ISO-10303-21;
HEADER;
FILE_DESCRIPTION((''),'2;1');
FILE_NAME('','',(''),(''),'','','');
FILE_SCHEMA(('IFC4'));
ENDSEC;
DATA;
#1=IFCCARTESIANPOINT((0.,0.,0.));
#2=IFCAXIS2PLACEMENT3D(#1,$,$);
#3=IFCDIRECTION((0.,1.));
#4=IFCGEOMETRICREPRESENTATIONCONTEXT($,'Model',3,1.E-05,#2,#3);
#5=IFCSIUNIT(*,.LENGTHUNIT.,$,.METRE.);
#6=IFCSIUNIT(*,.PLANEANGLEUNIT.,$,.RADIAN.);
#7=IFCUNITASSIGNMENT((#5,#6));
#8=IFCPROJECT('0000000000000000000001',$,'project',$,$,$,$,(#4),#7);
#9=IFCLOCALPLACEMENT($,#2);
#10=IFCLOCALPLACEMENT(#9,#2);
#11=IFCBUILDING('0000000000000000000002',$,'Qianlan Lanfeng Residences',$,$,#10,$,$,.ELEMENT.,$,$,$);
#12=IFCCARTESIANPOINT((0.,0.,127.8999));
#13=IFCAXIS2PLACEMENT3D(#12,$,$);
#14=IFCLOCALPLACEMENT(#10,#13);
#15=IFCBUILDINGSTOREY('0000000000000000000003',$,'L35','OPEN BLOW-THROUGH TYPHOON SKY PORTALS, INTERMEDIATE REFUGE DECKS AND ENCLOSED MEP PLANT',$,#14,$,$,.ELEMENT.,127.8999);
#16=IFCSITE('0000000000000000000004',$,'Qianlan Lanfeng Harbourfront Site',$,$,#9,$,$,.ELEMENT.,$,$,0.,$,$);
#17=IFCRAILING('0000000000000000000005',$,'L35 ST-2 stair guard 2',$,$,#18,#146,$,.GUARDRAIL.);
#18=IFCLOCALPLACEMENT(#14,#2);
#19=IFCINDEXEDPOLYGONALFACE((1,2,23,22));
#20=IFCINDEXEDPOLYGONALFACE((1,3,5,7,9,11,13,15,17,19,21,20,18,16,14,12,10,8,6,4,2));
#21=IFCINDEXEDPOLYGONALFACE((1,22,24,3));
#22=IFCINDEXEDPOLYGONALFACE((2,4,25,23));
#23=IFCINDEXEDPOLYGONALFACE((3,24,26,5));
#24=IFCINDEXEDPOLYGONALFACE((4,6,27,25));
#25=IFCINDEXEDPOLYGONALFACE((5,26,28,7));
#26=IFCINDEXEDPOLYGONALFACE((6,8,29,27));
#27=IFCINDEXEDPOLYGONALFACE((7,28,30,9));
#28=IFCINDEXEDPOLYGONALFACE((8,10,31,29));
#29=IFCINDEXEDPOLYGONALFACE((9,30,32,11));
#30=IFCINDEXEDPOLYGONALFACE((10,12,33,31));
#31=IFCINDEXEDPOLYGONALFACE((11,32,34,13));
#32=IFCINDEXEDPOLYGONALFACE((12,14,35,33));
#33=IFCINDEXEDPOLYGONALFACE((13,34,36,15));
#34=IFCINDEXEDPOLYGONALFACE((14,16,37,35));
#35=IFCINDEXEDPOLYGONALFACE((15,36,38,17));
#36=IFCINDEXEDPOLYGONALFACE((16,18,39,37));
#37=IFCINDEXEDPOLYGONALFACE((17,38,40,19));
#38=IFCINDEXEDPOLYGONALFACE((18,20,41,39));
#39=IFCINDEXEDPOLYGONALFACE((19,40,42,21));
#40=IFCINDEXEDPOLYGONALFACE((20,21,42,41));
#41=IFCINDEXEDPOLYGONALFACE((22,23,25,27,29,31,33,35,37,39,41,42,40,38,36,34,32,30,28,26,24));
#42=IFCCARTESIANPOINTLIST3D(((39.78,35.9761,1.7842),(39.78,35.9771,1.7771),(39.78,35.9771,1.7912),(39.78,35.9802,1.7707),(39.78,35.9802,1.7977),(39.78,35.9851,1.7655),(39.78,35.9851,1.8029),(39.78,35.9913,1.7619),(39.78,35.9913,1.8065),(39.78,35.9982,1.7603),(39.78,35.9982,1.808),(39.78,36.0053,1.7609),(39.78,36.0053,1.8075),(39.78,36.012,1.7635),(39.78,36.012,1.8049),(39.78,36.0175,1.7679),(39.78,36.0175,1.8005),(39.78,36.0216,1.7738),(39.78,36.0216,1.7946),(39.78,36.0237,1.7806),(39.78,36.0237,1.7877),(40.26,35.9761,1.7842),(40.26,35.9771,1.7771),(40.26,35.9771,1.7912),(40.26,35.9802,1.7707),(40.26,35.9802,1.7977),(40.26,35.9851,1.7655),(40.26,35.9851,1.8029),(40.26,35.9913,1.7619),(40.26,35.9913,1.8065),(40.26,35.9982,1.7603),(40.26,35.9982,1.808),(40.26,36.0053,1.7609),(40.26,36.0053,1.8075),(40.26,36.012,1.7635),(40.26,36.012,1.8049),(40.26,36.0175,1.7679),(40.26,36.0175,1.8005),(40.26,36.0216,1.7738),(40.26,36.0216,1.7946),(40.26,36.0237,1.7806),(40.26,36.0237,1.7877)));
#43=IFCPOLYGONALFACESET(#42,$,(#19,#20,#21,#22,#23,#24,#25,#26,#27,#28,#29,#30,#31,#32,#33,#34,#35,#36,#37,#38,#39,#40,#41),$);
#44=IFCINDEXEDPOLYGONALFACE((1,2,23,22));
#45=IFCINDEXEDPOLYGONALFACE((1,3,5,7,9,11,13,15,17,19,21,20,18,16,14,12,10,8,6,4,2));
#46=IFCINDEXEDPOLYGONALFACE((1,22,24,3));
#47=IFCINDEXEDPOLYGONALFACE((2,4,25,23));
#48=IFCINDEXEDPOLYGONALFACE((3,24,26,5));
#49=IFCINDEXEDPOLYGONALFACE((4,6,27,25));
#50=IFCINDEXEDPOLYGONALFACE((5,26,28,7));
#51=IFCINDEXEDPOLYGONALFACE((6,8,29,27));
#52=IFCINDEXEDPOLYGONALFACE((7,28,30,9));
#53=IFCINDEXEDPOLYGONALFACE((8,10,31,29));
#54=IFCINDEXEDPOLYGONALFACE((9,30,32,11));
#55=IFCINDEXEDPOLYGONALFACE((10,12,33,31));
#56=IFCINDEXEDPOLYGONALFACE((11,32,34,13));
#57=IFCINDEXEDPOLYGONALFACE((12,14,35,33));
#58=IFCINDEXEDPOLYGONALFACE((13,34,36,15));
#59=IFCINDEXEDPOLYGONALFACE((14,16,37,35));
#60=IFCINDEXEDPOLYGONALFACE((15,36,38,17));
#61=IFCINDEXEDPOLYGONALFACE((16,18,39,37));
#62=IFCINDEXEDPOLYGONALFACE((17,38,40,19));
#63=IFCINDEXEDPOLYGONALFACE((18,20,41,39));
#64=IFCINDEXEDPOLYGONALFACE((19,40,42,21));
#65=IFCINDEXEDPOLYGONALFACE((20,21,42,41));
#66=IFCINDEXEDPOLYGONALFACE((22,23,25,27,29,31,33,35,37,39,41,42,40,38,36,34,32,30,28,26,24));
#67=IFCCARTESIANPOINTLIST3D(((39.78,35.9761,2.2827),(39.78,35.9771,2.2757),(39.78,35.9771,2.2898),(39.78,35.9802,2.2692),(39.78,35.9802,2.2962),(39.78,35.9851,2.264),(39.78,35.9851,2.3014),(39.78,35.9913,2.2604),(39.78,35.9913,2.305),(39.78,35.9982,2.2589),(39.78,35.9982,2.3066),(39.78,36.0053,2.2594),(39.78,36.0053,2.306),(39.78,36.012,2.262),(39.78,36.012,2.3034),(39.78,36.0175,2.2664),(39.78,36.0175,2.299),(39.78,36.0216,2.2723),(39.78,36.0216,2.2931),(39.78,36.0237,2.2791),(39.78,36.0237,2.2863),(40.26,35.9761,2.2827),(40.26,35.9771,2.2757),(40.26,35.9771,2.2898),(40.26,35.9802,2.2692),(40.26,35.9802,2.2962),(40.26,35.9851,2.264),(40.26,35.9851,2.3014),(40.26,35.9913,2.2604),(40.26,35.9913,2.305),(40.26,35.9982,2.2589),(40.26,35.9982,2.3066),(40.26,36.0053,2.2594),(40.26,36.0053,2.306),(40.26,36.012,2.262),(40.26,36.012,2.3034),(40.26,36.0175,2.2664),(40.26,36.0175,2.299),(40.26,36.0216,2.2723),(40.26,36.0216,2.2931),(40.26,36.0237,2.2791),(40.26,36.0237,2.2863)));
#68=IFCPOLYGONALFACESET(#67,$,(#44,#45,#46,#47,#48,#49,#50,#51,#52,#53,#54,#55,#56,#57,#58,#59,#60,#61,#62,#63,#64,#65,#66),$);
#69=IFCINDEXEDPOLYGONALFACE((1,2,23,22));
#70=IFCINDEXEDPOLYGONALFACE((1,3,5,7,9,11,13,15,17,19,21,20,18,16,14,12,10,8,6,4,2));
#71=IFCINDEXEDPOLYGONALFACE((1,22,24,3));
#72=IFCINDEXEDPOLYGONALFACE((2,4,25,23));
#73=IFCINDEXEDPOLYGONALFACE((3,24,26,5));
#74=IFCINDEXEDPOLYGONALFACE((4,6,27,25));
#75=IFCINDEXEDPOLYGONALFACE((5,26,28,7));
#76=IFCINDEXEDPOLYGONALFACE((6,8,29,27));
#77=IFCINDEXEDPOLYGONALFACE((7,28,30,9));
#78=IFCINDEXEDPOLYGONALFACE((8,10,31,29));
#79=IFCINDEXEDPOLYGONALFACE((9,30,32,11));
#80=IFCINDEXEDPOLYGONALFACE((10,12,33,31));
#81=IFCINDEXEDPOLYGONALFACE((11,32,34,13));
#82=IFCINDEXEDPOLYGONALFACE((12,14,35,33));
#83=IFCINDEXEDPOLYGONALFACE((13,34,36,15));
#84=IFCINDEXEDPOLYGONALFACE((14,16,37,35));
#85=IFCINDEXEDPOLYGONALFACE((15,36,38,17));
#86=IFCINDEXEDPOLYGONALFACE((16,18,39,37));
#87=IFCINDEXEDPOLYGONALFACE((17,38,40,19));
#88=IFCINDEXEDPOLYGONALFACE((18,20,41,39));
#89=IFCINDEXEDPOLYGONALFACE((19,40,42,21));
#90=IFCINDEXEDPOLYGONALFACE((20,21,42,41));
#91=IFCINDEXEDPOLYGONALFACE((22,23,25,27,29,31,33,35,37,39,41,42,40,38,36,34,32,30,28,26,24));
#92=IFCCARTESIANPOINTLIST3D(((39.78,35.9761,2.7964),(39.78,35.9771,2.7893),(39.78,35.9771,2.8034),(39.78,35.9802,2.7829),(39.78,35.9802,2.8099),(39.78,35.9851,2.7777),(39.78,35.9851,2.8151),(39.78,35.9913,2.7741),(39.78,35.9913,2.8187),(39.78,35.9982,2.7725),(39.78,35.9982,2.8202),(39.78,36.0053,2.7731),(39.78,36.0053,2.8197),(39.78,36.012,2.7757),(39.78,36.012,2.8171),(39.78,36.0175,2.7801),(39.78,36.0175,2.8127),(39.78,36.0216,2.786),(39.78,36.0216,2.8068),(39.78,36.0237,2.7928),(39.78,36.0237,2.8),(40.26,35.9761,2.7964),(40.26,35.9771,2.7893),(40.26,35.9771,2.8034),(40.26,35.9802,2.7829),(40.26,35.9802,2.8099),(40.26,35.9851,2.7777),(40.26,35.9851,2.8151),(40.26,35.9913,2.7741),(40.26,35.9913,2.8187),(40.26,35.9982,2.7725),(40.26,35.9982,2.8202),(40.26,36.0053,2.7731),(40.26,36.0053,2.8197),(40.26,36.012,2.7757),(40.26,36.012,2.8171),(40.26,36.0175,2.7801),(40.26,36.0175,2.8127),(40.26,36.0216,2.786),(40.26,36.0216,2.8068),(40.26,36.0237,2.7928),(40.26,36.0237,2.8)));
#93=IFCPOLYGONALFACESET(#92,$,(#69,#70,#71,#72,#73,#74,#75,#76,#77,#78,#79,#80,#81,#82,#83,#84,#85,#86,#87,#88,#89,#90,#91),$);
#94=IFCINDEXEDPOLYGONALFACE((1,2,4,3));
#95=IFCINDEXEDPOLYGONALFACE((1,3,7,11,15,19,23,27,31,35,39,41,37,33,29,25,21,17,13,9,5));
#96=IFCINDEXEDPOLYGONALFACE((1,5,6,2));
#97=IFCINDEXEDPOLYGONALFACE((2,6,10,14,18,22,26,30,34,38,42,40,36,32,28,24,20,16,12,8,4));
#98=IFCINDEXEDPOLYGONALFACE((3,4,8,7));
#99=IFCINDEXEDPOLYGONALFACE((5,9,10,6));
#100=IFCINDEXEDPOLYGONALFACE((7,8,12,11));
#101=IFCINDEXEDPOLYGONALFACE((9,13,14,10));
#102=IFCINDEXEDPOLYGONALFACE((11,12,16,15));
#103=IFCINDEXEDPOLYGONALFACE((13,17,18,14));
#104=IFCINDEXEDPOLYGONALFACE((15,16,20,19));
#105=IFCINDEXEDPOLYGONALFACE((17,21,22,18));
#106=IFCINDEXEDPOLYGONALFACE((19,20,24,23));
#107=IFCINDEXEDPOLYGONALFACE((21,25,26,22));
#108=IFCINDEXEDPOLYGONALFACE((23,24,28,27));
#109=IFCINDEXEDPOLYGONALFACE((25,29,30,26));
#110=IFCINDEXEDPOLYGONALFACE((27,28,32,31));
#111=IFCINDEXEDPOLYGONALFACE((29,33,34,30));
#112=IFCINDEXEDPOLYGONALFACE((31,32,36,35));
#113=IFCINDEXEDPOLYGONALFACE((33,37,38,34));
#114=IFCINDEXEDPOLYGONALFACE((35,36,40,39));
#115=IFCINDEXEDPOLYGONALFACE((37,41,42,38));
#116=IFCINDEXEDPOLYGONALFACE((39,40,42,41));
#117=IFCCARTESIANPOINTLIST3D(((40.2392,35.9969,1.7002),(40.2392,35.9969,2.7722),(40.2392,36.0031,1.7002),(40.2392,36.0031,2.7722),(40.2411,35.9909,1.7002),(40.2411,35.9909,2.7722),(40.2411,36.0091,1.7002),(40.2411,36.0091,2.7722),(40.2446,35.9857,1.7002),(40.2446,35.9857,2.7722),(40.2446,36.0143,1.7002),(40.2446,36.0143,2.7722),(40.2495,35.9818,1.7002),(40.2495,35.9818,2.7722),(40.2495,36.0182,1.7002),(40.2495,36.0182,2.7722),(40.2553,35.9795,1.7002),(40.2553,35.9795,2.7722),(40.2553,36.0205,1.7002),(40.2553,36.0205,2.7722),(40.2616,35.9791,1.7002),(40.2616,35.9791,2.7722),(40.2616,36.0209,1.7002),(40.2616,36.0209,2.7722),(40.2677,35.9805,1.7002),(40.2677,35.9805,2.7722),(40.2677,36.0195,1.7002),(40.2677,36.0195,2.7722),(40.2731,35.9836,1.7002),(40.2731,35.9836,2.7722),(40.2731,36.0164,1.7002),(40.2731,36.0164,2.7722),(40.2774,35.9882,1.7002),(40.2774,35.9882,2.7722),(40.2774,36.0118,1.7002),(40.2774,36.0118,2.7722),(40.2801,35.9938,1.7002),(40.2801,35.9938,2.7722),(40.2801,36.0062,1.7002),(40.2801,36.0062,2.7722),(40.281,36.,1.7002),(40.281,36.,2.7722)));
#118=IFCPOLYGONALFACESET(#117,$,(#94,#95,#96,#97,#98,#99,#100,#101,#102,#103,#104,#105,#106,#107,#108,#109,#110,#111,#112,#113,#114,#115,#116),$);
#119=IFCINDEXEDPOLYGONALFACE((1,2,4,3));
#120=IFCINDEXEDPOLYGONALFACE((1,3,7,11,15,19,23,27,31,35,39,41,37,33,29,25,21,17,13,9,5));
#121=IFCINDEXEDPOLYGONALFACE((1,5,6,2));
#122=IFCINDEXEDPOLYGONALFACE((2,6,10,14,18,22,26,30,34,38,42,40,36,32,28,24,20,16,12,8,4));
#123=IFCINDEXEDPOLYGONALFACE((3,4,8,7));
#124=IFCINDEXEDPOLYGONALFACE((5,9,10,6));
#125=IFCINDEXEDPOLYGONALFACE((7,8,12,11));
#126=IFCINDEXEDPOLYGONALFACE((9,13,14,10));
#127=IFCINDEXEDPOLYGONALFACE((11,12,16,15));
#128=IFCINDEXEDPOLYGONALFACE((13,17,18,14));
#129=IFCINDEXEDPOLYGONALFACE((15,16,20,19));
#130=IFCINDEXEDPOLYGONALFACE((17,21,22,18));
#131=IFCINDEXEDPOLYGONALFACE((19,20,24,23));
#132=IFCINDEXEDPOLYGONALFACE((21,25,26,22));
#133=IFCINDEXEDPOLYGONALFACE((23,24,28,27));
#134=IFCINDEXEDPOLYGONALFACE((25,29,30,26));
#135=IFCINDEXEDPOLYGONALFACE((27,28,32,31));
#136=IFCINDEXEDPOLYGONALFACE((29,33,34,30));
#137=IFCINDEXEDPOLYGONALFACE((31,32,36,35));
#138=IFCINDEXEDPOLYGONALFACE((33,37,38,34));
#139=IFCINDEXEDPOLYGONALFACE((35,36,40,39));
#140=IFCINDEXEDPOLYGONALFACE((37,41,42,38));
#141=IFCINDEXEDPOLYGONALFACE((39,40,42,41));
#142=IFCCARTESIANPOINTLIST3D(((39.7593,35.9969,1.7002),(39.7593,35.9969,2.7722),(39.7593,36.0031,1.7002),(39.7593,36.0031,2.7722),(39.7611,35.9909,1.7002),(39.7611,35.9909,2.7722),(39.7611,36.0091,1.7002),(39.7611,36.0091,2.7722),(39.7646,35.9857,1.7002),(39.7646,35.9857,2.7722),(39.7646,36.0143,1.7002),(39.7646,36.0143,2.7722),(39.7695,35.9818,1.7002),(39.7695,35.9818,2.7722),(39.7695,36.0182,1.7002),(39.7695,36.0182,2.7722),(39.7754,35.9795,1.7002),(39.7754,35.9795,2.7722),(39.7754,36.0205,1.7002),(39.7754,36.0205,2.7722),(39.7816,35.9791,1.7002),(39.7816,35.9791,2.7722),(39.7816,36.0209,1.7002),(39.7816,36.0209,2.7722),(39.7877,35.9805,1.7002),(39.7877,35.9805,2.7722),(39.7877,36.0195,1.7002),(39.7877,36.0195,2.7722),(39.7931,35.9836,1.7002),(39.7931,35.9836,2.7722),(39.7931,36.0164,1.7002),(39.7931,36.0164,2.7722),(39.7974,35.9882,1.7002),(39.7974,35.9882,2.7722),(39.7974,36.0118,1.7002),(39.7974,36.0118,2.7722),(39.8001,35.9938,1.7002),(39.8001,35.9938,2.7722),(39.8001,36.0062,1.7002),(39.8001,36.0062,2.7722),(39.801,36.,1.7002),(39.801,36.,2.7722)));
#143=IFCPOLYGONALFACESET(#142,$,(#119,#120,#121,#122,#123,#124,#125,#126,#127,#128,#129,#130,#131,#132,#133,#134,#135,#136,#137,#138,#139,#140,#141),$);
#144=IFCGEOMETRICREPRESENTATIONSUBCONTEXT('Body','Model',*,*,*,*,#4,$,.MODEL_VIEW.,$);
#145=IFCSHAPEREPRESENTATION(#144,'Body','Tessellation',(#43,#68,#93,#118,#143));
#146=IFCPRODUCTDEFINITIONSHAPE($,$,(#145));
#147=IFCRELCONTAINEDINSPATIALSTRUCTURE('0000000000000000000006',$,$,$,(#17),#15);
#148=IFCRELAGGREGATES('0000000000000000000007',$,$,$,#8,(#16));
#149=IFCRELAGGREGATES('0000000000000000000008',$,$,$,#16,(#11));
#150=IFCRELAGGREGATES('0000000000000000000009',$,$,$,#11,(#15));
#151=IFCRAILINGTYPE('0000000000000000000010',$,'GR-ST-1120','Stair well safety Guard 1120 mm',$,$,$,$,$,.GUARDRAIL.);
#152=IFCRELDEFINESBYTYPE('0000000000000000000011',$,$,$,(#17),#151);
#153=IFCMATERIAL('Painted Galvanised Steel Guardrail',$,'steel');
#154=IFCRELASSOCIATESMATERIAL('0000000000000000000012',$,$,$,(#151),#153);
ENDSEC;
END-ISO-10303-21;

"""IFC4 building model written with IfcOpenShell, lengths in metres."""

from ifc_helpers import new_model, si_unit, direction, frame, origin, origin_2d, place, context, subcontext, project, spatial, circle, extrude, material, type_object, element, save


model = new_model("IFC4")

# Units and contexts
model_context = context("Model", 3, precision=1e-05, world=origin(), true_north=direction((0.0, 1.0)))
body_context = subcontext(model_context, "Body", "Model", "MODEL_VIEW")
ifc_project = project(units=[si_unit("LENGTHUNIT", "METRE"), si_unit("PLANEANGLEUNIT", "RADIAN")], contexts=[model_context])

# Site, building, storey
site_placement = place(None, origin())
site = spatial("IfcSite", under=ifc_project, at=site_placement, Name="Qianlan Lanfeng Harbourfront Site", CompositionType="ELEMENT", RefElevation=0.0)
building_placement = place(site_placement, origin())
building = spatial("IfcBuilding", under=site, at=building_placement, Name="Qianlan Lanfeng Residences", CompositionType="ELEMENT")
storey_placement = place(building_placement, frame((0.0, 0.0, 127.8999)))
storey = spatial("IfcBuildingStorey", under=building, at=storey_placement, Name="L35", Description="OPEN BLOW-THROUGH TYPHOON SKY PORTALS, INTERMEDIATE REFUGE DECKS AND ENCLOSED MEP PLANT", CompositionType="ELEMENT", Elevation=127.8999)

# Railing
ifc_material_1 = material(Name="Painted Galvanised Steel Guardrail", Category="steel")
railing_type_1 = type_object("IfcRailingType", Name="GR-ST-1120", Description="Stair well safety Guard 1120 mm", PredefinedType="GUARDRAIL", material=ifc_material_1)
for number, where, name in (
    (1, (40.26, 36.0, 1.7002), "L35 ST-2 stair guard 2"),
):
    element("IfcRailing", number, at=place(storey_placement, frame(where)), inside=storey, type_object=railing_type_1, Name=name, PredefinedType="GUARDRAIL", context=body_context, shape_type="SweptSolid", body=[
        extrude(circle(Radius=0.0239, at=origin_2d()), frame((0.0, 0.0, 0.084), z_axis=(-1.0, 0.0, 0.0), x_axis=(0.0, -1.0, 0.0)), (0.0, 0.0, 1.0), 0.48),
        extrude(circle(Radius=0.0239, at=origin_2d()), frame((0.0, 0.0, 0.5825), z_axis=(-1.0, 0.0, 0.0), x_axis=(0.0, -1.0, 0.0)), (0.0, 0.0, 1.0), 0.48),
        extrude(circle(Radius=0.0239, at=origin_2d()), frame((0.0, 0.0, 1.0962), z_axis=(-1.0, 0.0, 0.0), x_axis=(0.0, -1.0, 0.0)), (0.0, 0.0, 1.0), 0.48),
        extrude(circle(Radius=0.021, at=origin_2d()), origin(), (0.0, 0.0, 1.0), 1.072),
        extrude(circle(Radius=0.021, at=origin_2d()), frame((-0.48, 0.0, 0.0)), (0.0, 0.0, 1.0), 1.072),
    ])

save(model, "model.ifc")
